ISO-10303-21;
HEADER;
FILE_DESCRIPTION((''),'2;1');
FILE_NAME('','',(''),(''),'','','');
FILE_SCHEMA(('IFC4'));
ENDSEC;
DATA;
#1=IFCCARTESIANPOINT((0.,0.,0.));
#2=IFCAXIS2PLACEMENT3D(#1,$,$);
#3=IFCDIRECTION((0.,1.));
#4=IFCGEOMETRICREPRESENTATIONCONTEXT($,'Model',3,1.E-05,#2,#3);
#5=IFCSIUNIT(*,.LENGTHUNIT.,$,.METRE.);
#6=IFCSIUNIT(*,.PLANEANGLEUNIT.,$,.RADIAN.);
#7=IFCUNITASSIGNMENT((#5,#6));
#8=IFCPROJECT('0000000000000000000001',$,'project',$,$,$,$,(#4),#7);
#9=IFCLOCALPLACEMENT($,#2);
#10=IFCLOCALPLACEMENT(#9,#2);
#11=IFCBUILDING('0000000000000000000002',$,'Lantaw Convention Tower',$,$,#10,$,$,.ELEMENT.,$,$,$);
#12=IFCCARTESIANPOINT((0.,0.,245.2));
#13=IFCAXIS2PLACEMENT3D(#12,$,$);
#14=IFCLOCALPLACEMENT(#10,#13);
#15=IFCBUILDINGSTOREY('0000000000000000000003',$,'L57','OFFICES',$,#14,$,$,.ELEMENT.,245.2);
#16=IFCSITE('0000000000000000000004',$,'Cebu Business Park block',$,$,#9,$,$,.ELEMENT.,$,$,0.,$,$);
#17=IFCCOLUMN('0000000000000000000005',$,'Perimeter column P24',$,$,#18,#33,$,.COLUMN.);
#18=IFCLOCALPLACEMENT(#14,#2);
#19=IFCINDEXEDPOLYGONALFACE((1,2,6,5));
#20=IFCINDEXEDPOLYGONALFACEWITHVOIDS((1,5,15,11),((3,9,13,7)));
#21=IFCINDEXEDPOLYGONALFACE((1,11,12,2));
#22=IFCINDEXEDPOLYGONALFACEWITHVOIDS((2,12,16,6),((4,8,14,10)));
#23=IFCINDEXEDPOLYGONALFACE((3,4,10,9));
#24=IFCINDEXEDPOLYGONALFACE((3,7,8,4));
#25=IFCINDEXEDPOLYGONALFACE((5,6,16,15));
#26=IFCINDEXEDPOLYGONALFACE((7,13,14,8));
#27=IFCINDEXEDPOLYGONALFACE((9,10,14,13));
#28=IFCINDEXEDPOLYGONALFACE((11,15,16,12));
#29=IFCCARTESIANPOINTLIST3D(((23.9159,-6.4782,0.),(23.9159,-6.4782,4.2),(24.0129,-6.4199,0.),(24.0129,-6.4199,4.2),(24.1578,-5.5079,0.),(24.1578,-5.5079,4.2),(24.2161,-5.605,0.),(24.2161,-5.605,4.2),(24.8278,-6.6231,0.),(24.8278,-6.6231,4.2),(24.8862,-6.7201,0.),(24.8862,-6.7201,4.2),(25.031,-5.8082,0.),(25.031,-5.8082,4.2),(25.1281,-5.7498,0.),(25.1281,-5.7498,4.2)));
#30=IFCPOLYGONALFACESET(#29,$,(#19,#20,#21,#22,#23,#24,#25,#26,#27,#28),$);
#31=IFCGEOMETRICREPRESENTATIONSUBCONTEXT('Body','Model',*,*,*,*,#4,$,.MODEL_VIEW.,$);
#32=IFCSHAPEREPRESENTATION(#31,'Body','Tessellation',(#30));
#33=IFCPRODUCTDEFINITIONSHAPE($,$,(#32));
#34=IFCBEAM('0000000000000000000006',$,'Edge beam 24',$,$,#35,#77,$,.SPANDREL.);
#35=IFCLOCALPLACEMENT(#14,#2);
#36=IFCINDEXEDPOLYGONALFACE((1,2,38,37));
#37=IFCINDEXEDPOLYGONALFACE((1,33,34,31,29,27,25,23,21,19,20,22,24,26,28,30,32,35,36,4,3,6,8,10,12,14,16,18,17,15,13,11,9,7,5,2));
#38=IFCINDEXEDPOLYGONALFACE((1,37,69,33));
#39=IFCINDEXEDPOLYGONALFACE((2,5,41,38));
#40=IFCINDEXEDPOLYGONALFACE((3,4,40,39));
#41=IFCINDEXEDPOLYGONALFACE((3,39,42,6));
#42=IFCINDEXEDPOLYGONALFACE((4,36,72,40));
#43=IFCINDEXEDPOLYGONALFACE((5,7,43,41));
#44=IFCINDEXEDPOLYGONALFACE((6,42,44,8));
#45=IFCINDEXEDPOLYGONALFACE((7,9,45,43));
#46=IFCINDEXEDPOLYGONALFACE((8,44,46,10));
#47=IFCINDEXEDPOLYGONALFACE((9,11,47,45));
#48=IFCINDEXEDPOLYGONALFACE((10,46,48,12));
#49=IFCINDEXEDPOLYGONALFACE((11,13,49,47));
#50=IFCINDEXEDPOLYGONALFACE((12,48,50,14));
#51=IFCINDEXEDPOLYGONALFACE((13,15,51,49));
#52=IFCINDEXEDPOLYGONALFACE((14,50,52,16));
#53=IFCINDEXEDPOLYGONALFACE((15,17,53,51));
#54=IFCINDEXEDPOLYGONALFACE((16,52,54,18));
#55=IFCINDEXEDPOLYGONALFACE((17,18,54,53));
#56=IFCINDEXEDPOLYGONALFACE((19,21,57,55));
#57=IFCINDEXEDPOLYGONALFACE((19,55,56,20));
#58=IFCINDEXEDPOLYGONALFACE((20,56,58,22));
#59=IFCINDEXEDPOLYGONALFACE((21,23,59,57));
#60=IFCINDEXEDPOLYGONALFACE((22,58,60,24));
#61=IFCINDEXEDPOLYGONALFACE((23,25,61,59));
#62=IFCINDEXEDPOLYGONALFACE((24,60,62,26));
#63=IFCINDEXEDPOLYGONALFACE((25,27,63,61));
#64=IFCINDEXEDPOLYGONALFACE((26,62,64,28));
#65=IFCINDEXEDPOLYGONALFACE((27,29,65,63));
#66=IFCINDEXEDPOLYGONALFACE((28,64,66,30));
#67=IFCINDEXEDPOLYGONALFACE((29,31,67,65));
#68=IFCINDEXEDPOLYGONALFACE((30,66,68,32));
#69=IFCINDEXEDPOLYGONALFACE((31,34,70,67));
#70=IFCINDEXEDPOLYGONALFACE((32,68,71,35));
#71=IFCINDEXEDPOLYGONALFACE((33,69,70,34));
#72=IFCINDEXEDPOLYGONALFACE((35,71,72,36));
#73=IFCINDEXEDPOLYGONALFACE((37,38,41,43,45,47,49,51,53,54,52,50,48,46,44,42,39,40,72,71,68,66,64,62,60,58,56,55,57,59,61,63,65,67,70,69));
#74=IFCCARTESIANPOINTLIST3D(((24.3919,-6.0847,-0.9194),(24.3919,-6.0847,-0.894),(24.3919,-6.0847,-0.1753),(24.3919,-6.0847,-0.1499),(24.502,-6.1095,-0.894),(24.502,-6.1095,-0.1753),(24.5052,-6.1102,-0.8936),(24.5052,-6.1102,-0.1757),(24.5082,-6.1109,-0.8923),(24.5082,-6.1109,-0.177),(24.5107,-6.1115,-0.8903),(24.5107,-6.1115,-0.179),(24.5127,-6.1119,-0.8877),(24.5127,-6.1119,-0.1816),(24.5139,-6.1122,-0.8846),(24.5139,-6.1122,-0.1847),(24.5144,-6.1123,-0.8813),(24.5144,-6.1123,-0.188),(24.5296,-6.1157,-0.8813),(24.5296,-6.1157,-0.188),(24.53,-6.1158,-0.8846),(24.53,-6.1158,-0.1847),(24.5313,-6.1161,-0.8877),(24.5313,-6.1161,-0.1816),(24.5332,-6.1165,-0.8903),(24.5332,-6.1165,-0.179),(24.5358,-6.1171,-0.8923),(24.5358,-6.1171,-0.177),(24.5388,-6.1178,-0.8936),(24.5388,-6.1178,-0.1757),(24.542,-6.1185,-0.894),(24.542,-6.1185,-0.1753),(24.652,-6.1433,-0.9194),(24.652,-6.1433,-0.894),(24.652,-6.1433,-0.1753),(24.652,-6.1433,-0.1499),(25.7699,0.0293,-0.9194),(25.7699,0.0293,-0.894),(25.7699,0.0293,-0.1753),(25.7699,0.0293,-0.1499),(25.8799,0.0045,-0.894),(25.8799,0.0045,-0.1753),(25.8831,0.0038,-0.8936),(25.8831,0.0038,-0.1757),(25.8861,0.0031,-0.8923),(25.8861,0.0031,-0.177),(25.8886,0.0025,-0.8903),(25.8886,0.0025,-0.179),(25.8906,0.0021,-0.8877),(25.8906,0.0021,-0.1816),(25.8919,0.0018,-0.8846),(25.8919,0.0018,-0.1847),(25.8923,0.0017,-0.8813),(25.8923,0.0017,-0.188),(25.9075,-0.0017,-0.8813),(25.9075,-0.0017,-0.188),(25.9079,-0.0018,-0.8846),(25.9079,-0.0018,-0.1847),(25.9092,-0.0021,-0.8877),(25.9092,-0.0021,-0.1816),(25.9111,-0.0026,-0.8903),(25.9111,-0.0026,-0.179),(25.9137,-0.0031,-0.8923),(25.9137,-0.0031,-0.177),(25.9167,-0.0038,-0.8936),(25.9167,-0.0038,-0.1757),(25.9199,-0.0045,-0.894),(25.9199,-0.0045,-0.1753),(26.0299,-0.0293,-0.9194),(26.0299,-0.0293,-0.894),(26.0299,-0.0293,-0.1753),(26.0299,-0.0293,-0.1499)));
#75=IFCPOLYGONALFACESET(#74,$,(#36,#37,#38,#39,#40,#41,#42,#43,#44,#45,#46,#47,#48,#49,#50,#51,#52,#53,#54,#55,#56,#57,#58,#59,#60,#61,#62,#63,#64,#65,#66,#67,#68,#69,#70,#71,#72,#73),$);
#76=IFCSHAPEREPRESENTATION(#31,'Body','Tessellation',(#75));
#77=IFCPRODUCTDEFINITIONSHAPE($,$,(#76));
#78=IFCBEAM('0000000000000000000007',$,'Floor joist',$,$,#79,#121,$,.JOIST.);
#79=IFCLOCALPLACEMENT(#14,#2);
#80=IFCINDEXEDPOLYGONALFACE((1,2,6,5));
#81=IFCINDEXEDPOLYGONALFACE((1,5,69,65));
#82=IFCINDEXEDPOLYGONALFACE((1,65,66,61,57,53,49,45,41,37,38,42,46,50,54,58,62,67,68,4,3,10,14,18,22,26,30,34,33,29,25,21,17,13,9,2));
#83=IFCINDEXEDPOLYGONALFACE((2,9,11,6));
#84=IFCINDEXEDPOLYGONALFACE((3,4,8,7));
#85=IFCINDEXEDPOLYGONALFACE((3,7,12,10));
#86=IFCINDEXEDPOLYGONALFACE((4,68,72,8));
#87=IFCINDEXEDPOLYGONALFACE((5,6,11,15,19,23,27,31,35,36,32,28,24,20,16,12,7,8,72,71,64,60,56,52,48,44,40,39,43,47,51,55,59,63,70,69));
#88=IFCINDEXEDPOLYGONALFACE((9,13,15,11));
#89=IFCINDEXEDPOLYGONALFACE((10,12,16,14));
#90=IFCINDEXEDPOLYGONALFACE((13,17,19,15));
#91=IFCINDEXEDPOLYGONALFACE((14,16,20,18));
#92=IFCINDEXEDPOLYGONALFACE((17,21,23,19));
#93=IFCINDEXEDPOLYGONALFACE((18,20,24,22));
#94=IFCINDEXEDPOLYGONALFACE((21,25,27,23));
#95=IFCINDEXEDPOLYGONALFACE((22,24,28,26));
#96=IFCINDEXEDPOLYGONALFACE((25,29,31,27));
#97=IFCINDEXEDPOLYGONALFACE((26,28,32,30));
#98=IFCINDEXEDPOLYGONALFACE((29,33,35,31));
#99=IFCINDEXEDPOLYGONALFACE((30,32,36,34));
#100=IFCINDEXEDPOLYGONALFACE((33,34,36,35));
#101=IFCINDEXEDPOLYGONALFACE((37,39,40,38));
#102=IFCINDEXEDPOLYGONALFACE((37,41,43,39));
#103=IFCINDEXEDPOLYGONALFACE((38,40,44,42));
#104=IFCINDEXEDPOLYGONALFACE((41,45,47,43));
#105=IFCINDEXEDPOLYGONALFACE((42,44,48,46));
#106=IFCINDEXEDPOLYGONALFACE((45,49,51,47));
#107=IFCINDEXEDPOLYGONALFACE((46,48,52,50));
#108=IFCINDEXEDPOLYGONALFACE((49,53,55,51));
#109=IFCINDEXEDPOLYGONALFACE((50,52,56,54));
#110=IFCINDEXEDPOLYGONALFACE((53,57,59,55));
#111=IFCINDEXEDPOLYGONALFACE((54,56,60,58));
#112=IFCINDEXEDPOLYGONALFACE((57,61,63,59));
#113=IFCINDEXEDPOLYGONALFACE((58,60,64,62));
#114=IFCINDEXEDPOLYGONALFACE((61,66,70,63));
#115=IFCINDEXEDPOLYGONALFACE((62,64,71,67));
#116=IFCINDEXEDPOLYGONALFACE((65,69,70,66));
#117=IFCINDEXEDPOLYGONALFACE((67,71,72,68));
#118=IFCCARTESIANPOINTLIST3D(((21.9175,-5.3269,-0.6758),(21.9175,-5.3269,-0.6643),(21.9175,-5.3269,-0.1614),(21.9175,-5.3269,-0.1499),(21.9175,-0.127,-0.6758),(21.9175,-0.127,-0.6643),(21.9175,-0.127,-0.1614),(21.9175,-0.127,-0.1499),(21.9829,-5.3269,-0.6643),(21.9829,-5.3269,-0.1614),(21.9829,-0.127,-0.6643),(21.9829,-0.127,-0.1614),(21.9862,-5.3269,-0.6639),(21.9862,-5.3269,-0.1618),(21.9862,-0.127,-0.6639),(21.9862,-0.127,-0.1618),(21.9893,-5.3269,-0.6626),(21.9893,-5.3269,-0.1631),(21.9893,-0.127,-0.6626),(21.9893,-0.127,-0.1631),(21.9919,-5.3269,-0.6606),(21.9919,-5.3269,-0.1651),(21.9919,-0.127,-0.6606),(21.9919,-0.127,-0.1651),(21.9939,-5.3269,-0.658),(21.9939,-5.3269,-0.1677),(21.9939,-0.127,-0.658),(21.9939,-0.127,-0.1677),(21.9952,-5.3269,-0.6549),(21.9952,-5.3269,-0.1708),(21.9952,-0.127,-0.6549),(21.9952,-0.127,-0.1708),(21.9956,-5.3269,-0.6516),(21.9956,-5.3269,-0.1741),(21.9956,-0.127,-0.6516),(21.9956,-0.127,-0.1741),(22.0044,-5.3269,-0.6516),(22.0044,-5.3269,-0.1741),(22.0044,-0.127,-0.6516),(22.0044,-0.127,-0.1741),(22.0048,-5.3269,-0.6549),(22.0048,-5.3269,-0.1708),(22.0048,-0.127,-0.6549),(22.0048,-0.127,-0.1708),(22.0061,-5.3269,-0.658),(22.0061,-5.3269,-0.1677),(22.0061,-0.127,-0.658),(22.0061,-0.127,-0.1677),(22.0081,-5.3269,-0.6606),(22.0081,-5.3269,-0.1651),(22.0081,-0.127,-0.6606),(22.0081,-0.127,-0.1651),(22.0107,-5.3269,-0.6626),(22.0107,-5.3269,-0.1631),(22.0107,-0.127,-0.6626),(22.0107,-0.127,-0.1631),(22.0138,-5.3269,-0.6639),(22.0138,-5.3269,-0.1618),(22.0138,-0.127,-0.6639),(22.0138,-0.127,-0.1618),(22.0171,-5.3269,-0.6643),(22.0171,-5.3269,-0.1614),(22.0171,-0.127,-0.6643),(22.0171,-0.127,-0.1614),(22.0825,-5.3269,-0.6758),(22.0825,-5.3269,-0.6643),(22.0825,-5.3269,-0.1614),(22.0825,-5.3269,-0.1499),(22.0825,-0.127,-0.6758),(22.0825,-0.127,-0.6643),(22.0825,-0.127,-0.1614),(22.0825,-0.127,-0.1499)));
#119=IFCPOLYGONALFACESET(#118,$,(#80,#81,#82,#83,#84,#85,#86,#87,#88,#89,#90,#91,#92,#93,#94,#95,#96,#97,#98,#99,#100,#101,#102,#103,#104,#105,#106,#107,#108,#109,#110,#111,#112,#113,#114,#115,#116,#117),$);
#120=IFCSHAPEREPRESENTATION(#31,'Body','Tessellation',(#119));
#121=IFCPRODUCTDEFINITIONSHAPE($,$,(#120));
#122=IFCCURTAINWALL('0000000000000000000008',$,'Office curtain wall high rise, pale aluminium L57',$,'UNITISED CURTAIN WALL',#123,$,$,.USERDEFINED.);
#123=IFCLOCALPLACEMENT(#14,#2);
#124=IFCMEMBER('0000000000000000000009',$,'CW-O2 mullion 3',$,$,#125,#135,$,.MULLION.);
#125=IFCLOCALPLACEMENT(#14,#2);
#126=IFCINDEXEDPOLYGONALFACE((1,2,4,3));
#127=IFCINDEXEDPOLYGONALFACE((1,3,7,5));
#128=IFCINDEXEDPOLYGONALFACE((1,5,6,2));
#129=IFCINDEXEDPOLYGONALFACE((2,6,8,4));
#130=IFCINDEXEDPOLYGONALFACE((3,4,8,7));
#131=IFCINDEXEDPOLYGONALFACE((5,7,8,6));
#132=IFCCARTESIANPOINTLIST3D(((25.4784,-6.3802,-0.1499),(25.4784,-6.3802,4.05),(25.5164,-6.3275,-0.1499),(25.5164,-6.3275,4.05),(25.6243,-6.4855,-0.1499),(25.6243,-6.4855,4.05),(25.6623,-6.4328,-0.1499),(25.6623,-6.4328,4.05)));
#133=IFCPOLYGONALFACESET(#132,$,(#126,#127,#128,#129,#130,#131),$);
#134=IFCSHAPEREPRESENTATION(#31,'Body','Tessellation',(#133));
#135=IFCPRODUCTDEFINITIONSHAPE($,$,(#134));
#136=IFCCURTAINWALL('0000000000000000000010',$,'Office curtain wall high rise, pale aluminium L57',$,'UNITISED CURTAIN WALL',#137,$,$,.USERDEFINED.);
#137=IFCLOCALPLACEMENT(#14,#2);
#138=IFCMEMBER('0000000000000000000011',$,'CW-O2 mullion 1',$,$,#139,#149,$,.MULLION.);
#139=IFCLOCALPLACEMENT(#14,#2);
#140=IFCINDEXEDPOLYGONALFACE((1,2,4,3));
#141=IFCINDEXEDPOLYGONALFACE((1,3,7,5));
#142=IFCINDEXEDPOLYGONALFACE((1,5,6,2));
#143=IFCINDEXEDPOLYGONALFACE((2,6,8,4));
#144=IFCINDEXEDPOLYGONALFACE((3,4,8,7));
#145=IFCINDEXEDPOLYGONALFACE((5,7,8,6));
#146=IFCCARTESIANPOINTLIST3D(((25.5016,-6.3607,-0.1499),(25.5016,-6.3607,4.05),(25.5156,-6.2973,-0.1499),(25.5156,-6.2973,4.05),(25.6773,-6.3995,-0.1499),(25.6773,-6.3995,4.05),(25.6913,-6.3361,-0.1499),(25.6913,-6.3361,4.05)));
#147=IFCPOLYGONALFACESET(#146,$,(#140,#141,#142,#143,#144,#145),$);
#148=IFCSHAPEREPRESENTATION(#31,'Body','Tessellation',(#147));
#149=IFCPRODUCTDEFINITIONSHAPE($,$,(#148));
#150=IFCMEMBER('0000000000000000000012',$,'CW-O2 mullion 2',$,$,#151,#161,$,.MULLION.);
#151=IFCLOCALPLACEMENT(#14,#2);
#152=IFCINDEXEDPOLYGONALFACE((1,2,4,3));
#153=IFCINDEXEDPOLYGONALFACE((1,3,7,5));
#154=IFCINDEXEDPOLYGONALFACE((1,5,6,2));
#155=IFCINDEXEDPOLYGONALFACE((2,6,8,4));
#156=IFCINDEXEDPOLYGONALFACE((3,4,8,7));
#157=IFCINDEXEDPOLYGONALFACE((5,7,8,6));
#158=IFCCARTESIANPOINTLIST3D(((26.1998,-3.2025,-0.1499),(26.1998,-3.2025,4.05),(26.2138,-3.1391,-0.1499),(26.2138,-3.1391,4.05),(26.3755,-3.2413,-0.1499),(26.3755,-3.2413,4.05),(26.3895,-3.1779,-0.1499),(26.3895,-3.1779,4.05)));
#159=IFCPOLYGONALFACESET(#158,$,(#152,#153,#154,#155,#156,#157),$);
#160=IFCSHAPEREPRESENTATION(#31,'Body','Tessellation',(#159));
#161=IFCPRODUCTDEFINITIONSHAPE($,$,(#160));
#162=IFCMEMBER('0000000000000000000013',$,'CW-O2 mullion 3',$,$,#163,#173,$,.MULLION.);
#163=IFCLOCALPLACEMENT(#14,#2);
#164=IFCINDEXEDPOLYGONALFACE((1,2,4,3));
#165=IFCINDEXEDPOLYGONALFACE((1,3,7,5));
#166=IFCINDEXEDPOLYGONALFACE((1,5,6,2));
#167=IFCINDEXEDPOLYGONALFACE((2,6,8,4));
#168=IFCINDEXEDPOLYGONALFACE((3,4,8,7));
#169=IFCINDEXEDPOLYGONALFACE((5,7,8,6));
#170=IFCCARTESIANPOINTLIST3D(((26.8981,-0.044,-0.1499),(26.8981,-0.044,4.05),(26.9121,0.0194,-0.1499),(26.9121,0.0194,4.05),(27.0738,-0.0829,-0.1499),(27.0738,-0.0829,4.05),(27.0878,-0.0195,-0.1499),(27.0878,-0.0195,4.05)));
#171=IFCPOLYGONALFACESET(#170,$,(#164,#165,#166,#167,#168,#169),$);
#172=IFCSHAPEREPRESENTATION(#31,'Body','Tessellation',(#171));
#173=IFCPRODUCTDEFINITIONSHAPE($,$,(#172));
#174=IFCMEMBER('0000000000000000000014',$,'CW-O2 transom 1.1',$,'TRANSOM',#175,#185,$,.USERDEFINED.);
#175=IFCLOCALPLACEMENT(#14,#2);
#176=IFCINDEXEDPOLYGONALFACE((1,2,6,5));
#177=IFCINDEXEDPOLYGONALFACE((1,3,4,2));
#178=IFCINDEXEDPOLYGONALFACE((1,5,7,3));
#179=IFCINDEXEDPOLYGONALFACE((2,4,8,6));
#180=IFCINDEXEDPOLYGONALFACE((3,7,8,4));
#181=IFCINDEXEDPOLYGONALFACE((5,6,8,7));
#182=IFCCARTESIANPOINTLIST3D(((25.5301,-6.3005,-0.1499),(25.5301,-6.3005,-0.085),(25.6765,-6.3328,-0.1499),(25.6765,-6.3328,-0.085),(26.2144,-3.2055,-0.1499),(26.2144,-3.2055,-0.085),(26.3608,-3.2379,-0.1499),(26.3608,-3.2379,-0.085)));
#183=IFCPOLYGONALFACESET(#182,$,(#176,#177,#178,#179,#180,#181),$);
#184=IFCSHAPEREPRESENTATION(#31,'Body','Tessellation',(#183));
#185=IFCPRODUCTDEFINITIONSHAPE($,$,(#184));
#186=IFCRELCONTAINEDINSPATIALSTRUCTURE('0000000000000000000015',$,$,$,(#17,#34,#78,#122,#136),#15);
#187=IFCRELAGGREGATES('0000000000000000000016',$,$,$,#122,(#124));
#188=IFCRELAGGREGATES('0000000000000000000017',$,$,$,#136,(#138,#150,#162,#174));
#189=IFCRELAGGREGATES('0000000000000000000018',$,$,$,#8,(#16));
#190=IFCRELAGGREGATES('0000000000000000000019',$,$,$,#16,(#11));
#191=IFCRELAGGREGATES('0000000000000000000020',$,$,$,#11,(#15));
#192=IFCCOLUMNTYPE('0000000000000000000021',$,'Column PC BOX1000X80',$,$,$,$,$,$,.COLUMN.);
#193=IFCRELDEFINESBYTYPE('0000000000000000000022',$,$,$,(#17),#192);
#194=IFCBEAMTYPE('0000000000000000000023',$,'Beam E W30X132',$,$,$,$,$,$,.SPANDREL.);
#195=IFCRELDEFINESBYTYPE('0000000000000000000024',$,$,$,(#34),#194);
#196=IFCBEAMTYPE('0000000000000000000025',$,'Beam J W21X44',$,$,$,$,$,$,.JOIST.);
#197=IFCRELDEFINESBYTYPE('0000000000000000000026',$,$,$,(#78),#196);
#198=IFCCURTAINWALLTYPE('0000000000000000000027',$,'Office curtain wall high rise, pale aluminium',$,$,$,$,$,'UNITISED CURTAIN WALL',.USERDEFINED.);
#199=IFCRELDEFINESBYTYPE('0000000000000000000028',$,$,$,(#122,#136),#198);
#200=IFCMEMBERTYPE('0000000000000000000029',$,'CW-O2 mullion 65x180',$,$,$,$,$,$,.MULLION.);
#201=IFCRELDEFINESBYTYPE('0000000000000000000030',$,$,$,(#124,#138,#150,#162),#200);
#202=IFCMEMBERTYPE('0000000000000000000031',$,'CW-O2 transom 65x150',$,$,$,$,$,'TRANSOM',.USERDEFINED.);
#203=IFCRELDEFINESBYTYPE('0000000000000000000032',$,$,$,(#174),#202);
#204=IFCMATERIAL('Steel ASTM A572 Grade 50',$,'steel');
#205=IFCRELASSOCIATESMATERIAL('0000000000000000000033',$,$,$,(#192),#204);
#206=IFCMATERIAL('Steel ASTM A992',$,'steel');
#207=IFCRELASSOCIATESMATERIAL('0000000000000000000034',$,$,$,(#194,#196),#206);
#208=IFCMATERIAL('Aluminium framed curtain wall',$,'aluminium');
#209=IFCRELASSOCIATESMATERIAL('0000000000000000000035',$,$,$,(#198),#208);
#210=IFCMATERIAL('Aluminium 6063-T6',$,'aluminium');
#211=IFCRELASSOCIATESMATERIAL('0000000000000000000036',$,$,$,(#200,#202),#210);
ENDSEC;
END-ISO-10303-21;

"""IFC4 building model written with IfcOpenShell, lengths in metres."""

from ifc_helpers import new_model, si_unit, direction, frame, origin, origin_2d, place, context, subcontext, project, spatial, rectangle, hollow_rectangle, i_section, extrude, material, material_profile, profile_set, type_object, element, aggregate, save


model = new_model("IFC4")

# Units and contexts
model_context = context("Model", 3, precision=1e-05, world=origin(), true_north=direction((0.0, 1.0)))
body_context = subcontext(model_context, "Body", "Model", "MODEL_VIEW")
ifc_project = project(units=[si_unit("LENGTHUNIT", "METRE"), si_unit("PLANEANGLEUNIT", "RADIAN")], contexts=[model_context])

# Site, building, storey
site_placement = place(None, origin())
site = spatial("IfcSite", under=ifc_project, at=site_placement, Name="Cebu Business Park block", CompositionType="ELEMENT", RefElevation=0.0)
building_placement = place(site_placement, origin())
building = spatial("IfcBuilding", under=site, at=building_placement, Name="Lantaw Convention Tower", CompositionType="ELEMENT")
storey_placement = place(building_placement, frame((0.0, 0.0, 245.2)))
storey = spatial("IfcBuildingStorey", under=building, at=storey_placement, Name="L57", Description="OFFICES", CompositionType="ELEMENT", Elevation=245.2)

# Column
ifc_material_1 = material(Name="Steel ASTM A572 Grade 50", Category="steel")
ifc_material_profile_1 = material_profile(ifc_material_1, hollow_rectangle(XDim=1.0, YDim=1.0, WallThickness=0.0801, at=origin_2d()), Name="BOX1000X80")
ifc_material_2 = material(Name="Concrete C60/75", Category="concrete")
ifc_material_profile_2 = material_profile(ifc_material_2, rectangle(XDim=0.8401, YDim=0.8401, at=origin_2d()), Name="Concrete fill of BOX1000X80")
ifc_profile_set_1 = profile_set([ifc_material_profile_1, ifc_material_profile_2], Name="Steel ASTM A572 Grade 50")
column_type = type_object("IfcColumnType", Name="Column PC BOX1000X80", PredefinedType="COLUMN", material=ifc_profile_set_1)
column_placement = place(storey_placement, frame((24.522, -6.114, 0.0), z_axis=(0.0, 0.0, 1.0), x_axis=(0.241922, 0.970296, 0.0)))
element("IfcColumn", 1, at=column_placement, inside=storey, type_object=column_type, Name="Perimeter column P24", PredefinedType="COLUMN", context=body_context, shape_type="SweptSolid", body=[
    extrude(hollow_rectangle(XDim=1.0, YDim=1.0, WallThickness=0.0801, at=origin_2d()), origin(), (0.0, 0.0, 1.0), 4.2),
])

# Beams
ifc_material_3 = material(Name="Steel ASTM A992", Category="steel")
ifc_material_profile_3 = material_profile(ifc_material_3, i_section(OverallWidth=0.2666, OverallDepth=0.7695, WebThickness=0.0156, FlangeThickness=0.0254, FilletRadius=0.0127, at=origin_2d()), Name="W30X132")
ifc_profile_set_2 = profile_set([ifc_material_profile_3], Name="Steel ASTM A992")
beam_type_1 = type_object("IfcBeamType", Name="Beam E W30X132", PredefinedType="SPANDREL", material=ifc_profile_set_2)
beam_1_placement = place(storey_placement, frame((24.522, -6.114, -0.5347), z_axis=(0.219858, 0.975532, 0.0), x_axis=(-0.975532, 0.219858, 0.0)))
element("IfcBeam", 2, at=beam_1_placement, inside=storey, type_object=beam_type_1, Name="Edge beam 24", PredefinedType="SPANDREL", context=body_context, shape_type="SweptSolid", body=[
    extrude(i_section(OverallWidth=0.2666, OverallDepth=0.7695, WebThickness=0.0156, FlangeThickness=0.0254, FilletRadius=0.0127, at=origin_2d()), origin(), (0.0, 0.0, 1.0), 6.2673),
])
ifc_material_profile_4 = material_profile(ifc_material_3, i_section(OverallWidth=0.165, OverallDepth=0.5259, WebThickness=0.0088, FlangeThickness=0.0115, FilletRadius=0.0127, at=origin_2d()), Name="W21X44")
ifc_profile_set_3 = profile_set([ifc_material_profile_4], Name="Steel ASTM A992")
beam_type_2 = type_object("IfcBeamType", Name="Beam J W21X44", PredefinedType="JOIST", material=ifc_profile_set_3)
beam_2_placement = place(storey_placement, frame((22.0, -5.3269, -0.4128), z_axis=(0.0, 1.0, 0.0), x_axis=(-1.0, 0.0, 0.0)))
element("IfcBeam", 3, at=beam_2_placement, inside=storey, type_object=beam_type_2, Name="Floor joist", PredefinedType="JOIST", context=body_context, shape_type="SweptSolid", body=[
    extrude(i_section(OverallWidth=0.165, OverallDepth=0.5259, WebThickness=0.0088, FlangeThickness=0.0115, FilletRadius=0.0127, at=origin_2d()), origin(), (0.0, 0.0, 1.0), 5.2),
])

# Curtain wall, member
ifc_material_4 = material(Name="Aluminium framed curtain wall", Category="aluminium")
curtain_wall_type = type_object("IfcCurtainWallType", Name="Office curtain wall high rise, pale aluminium", ElementType="UNITISED CURTAIN WALL", PredefinedType="USERDEFINED", material=ifc_material_4)
curtain_wall_1_placement = place(storey_placement, origin())
curtain_wall_1 = element("IfcCurtainWall", 4, at=curtain_wall_1_placement, inside=storey, type_object=curtain_wall_type, Name="Office curtain wall high rise, pale aluminium L57", ObjectType="UNITISED CURTAIN WALL", PredefinedType="USERDEFINED")
ifc_material_5 = material(Name="Aluminium 6063-T6", Category="aluminium")
ifc_material_profile_5 = material_profile(ifc_material_5, rectangle(XDim=0.1799, YDim=0.0649, at=origin_2d()), Name="CW-O2 mullion 65x180")
ifc_profile_set_4 = profile_set([ifc_material_profile_5], Name="Aluminium 6063-T6")
member_type_1 = type_object("IfcMemberType", Name="CW-O2 mullion 65x180", PredefinedType="MULLION", material=ifc_profile_set_4)
member_1_placement = place(storey_placement, frame((25.5703, -6.4065, -0.1499), z_axis=(0.0, 0.0, 1.0), x_axis=(-0.81092, 0.585158, 0.0)))
member_1 = element("IfcMember", 5, at=member_1_placement, type_object=member_type_1, Name="CW-O2 mullion 3", PredefinedType="MULLION", context=body_context, shape_type="SweptSolid", body=[
    extrude(rectangle(XDim=0.1799, YDim=0.0649, at=origin_2d()), origin(), (0.0, 0.0, 1.0), 4.2),
])

# Curtain wall, members
curtain_wall_2_placement = place(storey_placement, origin())
curtain_wall_2 = element("IfcCurtainWall", 6, at=curtain_wall_2_placement, inside=storey, type_object=curtain_wall_type, Name="Office curtain wall high rise, pale aluminium L57", ObjectType="UNITISED CURTAIN WALL", PredefinedType="USERDEFINED")
member_2_placement = place(storey_placement, frame((25.5964, -6.3484, -0.1499), z_axis=(0.0, 0.0, 1.0), x_axis=(-0.976417, 0.215891, 0.0)))
member_2 = element("IfcMember", 7, at=member_2_placement, type_object=member_type_1, Name="CW-O2 mullion 1", PredefinedType="MULLION", context=body_context, shape_type="SweptSolid", body=[
    extrude(rectangle(XDim=0.1799, YDim=0.0649, at=origin_2d()), origin(), (0.0, 0.0, 1.0), 4.2),
])
member_3_placement = place(storey_placement, frame((26.2947, -3.1902, -0.1499), z_axis=(0.0, 0.0, 1.0), x_axis=(-0.976417, 0.215891, 0.0)))
member_3 = element("IfcMember", 8, at=member_3_placement, type_object=member_type_1, Name="CW-O2 mullion 2", PredefinedType="MULLION", context=body_context, shape_type="SweptSolid", body=[
    extrude(rectangle(XDim=0.1799, YDim=0.0649, at=origin_2d()), origin(), (0.0, 0.0, 1.0), 4.2),
])
member_4_placement = place(storey_placement, frame((26.9929, -0.0317, -0.1499), z_axis=(0.0, 0.0, 1.0), x_axis=(-0.976417, 0.215891, 0.0)))
member_4 = element("IfcMember", 9, at=member_4_placement, type_object=member_type_1, Name="CW-O2 mullion 3", PredefinedType="MULLION", context=body_context, shape_type="SweptSolid", body=[
    extrude(rectangle(XDim=0.1799, YDim=0.0649, at=origin_2d()), origin(), (0.0, 0.0, 1.0), 4.2),
])
ifc_material_profile_6 = material_profile(ifc_material_5, rectangle(XDim=0.1499, YDim=0.0649, at=origin_2d()), Name="CW-O2 transom 65x150")
ifc_profile_set_5 = profile_set([ifc_material_profile_6], Name="Aluminium 6063-T6")
member_type_2 = type_object("IfcMemberType", Name="CW-O2 transom 65x150", ElementType="TRANSOM", PredefinedType="USERDEFINED", material=ifc_profile_set_5)
member_5_placement = place(storey_placement, frame((25.6033, -6.3167, -0.1174), z_axis=(0.215895, 0.976417, 0.0), x_axis=(-0.976417, 0.215895, 0.0)))
member_5 = element("IfcMember", 10, at=member_5_placement, type_object=member_type_2, Name="CW-O2 transom 1.1", ObjectType="TRANSOM", PredefinedType="USERDEFINED", context=body_context, shape_type="SweptSolid", body=[
    extrude(rectangle(XDim=0.1499, YDim=0.0649, at=origin_2d()), origin(), (0.0, 0.0, 1.0), 3.1697),
])

aggregate(curtain_wall_1, [member_1])
aggregate(curtain_wall_2, [member_2, member_3, member_4, member_5])

save(model, "model.ifc")
